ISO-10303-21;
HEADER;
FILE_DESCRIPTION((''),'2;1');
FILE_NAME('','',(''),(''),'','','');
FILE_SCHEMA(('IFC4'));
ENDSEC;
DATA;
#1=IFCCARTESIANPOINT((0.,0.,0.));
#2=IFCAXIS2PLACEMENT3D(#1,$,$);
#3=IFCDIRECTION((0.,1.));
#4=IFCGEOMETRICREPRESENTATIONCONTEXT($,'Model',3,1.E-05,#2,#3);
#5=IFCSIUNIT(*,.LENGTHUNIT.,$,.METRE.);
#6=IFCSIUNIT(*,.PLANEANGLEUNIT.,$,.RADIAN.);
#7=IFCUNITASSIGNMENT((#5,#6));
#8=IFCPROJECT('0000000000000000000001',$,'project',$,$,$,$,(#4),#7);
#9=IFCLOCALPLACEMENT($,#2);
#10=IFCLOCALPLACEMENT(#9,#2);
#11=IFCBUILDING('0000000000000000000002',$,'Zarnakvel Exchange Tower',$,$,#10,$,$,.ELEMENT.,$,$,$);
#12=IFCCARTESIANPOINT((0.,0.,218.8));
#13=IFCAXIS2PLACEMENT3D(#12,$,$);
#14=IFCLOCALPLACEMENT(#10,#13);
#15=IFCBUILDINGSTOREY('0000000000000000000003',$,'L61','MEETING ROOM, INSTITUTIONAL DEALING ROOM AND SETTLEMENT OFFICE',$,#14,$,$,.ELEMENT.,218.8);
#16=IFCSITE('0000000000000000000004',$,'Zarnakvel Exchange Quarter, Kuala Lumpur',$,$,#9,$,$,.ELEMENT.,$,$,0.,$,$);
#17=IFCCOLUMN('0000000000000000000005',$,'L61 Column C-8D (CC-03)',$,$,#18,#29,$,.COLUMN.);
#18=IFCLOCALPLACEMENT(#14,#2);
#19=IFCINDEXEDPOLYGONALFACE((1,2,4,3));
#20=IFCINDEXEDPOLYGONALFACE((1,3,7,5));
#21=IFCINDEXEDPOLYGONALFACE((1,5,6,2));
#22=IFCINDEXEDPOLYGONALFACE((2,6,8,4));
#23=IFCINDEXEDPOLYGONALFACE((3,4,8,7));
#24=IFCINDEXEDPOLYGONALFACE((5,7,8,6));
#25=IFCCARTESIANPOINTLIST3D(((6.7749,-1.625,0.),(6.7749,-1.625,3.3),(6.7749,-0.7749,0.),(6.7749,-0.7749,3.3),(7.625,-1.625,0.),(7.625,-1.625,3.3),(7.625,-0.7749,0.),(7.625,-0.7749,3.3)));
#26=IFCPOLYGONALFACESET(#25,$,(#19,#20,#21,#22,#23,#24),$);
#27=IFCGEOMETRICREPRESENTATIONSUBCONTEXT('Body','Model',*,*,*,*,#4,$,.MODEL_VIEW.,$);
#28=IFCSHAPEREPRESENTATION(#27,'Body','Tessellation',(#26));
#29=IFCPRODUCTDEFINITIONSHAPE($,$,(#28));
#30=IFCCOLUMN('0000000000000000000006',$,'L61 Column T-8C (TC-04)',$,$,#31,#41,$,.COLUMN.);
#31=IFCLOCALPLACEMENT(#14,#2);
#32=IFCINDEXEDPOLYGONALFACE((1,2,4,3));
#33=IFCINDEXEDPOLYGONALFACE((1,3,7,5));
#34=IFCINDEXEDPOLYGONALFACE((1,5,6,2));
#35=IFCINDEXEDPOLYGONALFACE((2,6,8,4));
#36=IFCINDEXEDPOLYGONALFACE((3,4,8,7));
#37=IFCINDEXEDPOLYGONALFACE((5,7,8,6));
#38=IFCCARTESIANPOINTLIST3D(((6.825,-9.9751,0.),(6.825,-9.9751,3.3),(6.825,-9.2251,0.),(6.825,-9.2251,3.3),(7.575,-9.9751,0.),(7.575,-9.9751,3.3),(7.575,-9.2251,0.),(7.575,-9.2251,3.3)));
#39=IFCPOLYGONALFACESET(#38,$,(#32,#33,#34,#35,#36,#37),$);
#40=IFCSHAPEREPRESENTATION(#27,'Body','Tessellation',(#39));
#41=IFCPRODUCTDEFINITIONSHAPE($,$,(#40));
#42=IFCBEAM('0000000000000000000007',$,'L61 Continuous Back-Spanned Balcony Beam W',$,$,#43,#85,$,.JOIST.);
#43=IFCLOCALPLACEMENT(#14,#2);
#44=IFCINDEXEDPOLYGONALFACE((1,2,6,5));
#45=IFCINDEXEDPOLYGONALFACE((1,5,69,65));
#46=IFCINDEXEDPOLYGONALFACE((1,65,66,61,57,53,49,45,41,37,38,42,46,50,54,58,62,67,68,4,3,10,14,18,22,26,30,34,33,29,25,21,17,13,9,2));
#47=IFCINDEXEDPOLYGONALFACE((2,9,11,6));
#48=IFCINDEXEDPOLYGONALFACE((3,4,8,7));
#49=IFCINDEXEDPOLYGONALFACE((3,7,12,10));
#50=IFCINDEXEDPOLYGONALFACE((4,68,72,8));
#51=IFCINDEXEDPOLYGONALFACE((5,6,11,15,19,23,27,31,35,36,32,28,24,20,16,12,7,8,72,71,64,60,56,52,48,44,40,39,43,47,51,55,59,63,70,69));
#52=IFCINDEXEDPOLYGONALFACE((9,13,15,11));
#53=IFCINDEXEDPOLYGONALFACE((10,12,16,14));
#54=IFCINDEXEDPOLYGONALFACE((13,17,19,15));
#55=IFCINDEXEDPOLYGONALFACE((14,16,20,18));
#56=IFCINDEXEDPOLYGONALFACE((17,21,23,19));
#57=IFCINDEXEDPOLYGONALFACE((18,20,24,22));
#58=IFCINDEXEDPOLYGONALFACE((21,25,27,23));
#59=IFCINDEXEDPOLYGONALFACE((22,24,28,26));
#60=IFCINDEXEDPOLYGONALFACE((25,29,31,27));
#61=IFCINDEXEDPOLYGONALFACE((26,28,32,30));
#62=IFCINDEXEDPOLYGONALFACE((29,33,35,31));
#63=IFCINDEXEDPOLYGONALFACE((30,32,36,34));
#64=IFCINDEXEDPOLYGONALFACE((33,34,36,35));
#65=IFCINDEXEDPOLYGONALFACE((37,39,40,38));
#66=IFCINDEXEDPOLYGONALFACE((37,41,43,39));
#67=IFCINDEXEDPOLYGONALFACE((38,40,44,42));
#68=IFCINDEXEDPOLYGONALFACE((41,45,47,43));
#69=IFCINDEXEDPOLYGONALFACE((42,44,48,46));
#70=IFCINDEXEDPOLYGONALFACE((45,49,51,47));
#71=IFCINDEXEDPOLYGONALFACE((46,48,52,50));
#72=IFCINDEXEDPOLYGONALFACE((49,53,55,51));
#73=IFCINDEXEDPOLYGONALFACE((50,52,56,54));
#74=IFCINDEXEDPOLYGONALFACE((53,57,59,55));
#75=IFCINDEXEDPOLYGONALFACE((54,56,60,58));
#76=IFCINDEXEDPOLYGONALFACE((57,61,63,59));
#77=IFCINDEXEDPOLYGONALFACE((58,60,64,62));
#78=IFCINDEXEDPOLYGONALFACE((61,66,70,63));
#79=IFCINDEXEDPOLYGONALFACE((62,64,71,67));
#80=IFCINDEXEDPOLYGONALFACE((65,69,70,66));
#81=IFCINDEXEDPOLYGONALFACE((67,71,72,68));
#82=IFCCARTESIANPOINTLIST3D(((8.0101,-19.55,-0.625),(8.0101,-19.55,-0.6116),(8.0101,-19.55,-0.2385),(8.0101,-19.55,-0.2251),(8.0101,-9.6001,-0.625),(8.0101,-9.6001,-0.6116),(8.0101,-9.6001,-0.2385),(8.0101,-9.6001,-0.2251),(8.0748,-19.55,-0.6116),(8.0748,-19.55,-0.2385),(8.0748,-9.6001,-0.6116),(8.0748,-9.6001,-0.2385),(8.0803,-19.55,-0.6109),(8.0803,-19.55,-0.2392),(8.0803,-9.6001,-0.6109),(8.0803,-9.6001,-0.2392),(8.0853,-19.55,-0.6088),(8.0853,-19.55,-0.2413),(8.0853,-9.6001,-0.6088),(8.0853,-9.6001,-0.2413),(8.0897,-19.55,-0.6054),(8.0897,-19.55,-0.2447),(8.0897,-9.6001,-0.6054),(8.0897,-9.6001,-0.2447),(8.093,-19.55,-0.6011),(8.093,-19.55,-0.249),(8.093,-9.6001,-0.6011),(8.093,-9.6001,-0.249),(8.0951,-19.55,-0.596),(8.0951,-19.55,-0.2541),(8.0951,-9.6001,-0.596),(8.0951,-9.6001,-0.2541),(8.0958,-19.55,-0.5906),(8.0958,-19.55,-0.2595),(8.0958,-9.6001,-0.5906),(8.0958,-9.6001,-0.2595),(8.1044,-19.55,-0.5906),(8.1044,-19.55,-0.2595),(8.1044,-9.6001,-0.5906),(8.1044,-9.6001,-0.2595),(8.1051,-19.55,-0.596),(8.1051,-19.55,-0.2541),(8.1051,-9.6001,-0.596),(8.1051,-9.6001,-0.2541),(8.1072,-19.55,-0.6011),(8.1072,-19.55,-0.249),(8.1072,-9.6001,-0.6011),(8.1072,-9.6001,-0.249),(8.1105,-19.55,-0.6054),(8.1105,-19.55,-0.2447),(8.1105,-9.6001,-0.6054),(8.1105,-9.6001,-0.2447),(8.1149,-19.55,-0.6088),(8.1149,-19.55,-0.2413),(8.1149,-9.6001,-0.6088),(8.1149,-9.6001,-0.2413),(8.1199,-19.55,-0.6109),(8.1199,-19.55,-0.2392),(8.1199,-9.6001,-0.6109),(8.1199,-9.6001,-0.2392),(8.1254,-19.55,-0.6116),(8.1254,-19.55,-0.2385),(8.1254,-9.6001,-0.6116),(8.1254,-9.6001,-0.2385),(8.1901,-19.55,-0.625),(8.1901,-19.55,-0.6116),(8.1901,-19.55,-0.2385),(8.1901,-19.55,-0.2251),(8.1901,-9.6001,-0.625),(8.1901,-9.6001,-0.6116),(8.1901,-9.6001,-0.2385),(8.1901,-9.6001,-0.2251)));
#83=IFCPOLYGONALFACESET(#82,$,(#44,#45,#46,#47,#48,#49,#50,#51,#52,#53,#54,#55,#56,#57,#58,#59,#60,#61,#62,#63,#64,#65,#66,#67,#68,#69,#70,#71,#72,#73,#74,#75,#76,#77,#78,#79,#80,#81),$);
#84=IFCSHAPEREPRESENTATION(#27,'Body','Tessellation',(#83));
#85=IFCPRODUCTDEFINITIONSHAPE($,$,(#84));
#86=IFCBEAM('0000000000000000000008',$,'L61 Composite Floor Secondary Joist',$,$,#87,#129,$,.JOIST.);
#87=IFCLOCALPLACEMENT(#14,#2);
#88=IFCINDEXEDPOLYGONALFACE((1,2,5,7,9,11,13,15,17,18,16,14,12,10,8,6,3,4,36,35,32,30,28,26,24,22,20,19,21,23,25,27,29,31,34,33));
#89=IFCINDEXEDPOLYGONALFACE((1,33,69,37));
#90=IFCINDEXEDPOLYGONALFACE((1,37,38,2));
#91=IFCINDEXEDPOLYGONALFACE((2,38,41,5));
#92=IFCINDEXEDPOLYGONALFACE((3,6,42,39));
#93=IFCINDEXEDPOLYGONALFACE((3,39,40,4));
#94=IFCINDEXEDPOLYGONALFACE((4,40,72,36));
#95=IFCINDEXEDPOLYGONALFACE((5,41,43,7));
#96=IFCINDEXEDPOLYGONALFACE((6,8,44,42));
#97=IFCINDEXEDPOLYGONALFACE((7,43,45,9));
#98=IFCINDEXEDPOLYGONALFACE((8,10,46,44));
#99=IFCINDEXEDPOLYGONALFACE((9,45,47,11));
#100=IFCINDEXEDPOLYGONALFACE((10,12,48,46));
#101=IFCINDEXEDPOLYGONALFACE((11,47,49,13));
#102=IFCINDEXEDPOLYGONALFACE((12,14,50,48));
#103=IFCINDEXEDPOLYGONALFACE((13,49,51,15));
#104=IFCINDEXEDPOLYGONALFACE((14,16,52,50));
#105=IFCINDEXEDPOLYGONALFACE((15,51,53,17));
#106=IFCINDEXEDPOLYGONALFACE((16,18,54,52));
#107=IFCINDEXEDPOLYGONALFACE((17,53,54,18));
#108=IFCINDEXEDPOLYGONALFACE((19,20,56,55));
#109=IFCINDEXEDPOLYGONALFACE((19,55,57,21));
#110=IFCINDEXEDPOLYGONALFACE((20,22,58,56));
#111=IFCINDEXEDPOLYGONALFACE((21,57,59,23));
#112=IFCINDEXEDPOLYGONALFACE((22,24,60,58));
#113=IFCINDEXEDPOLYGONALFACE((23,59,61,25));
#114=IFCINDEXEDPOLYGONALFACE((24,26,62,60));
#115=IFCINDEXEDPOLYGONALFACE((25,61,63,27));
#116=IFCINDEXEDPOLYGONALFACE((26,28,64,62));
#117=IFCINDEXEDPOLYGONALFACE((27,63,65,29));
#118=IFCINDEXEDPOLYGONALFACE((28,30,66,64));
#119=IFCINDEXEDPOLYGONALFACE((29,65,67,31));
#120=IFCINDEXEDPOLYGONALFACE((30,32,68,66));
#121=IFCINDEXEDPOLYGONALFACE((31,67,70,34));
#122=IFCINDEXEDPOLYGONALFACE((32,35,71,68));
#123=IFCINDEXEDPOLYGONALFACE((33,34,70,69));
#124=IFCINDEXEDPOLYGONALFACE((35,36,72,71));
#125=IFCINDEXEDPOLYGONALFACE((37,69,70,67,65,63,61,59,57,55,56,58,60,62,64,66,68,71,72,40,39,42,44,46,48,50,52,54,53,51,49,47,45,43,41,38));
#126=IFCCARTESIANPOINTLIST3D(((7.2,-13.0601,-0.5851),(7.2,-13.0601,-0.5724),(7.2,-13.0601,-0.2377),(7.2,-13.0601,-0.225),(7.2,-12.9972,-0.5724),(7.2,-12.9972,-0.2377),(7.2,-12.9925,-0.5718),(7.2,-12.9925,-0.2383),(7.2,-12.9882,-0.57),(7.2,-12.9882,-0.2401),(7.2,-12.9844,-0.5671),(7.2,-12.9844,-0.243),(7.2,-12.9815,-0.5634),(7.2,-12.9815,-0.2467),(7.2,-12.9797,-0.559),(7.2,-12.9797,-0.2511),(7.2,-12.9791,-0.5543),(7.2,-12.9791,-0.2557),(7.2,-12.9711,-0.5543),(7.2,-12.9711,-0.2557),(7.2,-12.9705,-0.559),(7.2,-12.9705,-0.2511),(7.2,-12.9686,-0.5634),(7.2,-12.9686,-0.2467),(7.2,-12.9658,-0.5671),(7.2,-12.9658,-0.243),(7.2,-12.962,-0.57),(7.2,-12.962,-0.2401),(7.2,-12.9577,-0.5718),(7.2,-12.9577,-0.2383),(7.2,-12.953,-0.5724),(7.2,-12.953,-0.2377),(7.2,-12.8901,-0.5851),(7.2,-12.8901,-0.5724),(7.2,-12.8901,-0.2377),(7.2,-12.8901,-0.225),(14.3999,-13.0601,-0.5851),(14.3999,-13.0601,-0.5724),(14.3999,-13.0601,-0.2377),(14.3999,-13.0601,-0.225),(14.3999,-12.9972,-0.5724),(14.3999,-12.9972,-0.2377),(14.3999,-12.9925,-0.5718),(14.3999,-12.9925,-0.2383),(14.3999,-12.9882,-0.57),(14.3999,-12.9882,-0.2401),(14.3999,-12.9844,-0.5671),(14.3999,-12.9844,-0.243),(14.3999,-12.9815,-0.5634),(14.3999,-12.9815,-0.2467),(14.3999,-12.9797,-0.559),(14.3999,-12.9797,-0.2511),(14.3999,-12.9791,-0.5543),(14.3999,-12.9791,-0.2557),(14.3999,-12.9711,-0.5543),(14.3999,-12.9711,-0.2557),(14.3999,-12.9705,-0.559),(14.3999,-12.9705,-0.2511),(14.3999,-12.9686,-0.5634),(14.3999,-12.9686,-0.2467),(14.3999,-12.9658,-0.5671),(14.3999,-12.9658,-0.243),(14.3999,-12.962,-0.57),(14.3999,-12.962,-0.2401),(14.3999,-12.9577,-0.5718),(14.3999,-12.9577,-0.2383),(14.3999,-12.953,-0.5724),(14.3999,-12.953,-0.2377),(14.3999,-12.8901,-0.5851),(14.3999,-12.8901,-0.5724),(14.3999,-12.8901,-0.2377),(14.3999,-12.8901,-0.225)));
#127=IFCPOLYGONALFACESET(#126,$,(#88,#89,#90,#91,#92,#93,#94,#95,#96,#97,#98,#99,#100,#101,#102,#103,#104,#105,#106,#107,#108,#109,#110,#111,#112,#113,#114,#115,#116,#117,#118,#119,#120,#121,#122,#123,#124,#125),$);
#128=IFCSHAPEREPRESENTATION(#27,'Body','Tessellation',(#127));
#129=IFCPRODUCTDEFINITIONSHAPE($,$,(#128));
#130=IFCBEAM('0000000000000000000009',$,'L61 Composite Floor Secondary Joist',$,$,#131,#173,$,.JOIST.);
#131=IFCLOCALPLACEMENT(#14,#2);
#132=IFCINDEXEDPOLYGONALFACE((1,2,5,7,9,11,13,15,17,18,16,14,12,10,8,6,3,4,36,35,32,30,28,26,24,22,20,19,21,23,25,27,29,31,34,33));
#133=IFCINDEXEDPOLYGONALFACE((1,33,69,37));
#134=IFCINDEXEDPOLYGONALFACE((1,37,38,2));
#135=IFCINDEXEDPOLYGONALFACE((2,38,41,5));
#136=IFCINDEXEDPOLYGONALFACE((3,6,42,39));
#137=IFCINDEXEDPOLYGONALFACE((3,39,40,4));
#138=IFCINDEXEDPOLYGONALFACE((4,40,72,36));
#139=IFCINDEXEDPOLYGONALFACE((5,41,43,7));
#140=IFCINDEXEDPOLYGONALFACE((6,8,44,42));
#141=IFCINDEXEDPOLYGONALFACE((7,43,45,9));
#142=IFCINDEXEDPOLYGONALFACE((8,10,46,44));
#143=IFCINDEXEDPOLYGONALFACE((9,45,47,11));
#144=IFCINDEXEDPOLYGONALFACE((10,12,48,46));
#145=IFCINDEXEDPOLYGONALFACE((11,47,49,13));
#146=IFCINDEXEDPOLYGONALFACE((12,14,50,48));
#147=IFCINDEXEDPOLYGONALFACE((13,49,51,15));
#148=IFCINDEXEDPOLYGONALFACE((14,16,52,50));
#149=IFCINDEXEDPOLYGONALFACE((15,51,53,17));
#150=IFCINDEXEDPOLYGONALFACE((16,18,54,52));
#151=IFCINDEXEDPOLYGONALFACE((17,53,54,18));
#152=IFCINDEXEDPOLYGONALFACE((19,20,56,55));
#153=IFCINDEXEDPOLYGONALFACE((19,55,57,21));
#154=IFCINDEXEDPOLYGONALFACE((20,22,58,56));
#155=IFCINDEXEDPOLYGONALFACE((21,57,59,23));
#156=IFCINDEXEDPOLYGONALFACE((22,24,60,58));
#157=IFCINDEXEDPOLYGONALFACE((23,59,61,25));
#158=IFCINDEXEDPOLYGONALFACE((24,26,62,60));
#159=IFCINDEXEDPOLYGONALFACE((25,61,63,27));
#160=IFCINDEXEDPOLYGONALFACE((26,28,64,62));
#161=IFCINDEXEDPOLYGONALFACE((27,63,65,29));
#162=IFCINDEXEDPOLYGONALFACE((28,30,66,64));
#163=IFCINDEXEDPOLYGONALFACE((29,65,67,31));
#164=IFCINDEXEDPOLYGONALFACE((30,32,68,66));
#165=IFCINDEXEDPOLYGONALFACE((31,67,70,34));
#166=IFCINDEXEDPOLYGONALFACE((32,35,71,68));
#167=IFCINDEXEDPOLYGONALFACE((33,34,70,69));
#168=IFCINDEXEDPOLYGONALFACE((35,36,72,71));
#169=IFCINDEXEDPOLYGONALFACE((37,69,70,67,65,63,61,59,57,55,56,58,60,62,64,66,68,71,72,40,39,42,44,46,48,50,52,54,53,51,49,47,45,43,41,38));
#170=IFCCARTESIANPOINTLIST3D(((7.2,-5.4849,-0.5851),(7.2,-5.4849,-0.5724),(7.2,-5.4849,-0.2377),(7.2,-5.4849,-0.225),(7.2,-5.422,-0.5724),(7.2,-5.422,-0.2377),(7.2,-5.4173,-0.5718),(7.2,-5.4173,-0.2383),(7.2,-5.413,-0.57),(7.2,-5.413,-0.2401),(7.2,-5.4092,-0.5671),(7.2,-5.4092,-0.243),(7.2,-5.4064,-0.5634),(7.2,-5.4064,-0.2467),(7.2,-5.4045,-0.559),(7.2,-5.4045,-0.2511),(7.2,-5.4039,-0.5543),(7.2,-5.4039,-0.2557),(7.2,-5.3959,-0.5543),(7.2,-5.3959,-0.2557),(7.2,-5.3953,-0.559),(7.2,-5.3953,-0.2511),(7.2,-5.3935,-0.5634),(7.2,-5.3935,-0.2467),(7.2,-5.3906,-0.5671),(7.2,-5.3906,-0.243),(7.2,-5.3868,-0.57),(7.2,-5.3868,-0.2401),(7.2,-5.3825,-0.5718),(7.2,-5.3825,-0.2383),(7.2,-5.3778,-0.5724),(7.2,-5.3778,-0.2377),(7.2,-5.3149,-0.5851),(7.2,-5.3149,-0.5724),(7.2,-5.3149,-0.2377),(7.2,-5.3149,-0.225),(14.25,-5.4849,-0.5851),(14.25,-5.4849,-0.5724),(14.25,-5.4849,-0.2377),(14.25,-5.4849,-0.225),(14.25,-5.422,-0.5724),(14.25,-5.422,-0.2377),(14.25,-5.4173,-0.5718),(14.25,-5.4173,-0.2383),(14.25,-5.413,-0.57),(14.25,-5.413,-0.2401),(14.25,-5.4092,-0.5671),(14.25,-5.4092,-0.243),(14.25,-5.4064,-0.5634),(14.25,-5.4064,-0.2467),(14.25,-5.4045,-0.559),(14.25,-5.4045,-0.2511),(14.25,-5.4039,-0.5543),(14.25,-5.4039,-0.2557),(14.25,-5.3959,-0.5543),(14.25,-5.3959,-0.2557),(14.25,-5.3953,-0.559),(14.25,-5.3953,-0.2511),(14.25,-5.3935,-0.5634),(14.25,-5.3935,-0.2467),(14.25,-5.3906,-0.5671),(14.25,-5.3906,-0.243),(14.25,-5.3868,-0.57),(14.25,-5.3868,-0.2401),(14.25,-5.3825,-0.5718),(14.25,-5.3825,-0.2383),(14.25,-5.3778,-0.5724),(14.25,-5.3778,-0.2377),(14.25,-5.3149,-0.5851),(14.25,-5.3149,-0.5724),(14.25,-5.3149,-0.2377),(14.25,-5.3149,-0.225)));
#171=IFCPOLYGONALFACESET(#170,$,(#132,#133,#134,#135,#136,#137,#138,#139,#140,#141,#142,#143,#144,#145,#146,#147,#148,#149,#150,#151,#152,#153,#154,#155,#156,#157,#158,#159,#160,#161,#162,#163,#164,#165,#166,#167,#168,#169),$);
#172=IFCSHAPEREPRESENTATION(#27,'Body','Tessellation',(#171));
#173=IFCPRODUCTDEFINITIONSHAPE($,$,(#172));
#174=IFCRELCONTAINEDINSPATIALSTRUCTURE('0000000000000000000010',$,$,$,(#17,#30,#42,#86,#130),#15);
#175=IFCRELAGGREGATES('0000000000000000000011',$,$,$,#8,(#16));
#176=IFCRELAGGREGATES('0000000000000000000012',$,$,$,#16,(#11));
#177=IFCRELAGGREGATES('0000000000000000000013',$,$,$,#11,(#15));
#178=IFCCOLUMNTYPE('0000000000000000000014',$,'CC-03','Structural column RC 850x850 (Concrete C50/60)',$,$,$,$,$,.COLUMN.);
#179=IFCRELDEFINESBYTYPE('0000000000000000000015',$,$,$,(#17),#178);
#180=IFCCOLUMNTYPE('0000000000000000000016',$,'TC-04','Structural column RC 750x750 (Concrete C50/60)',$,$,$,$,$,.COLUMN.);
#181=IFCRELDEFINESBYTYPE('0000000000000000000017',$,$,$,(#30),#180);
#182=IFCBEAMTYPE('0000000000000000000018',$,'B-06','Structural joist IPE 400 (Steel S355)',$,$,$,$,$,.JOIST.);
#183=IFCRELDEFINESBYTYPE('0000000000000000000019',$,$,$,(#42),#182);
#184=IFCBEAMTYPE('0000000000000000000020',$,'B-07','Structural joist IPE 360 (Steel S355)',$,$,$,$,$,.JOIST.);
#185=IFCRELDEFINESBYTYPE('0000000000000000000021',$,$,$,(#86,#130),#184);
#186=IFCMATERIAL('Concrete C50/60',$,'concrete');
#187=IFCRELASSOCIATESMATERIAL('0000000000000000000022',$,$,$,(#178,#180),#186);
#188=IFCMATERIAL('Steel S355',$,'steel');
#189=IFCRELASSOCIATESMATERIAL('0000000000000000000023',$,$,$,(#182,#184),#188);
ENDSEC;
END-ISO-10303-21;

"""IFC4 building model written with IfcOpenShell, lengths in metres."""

from ifc_helpers import new_model, si_unit, direction, frame, origin, origin_2d, place, context, subcontext, project, spatial, rectangle, i_section, extrude, material, material_profile, profile_set, type_object, element, save


model = new_model("IFC4")

# Units and contexts
model_context = context("Model", 3, precision=1e-05, world=origin(), true_north=direction((0.0, 1.0)))
body_context = subcontext(model_context, "Body", "Model", "MODEL_VIEW")
ifc_project = project(units=[si_unit("LENGTHUNIT", "METRE"), si_unit("PLANEANGLEUNIT", "RADIAN")], contexts=[model_context])

# Site, building, storey
site_placement = place(None, origin())
site = spatial("IfcSite", under=ifc_project, at=site_placement, Name="Zarnakvel Exchange Quarter, Kuala Lumpur", CompositionType="ELEMENT", RefElevation=0.0)
building_placement = place(site_placement, origin())
building = spatial("IfcBuilding", under=site, at=building_placement, Name="Zarnakvel Exchange Tower", CompositionType="ELEMENT")
storey_placement = place(building_placement, frame((0.0, 0.0, 218.8)))
storey = spatial("IfcBuildingStorey", under=building, at=storey_placement, Name="L61", Description="MEETING ROOM, INSTITUTIONAL DEALING ROOM AND SETTLEMENT OFFICE", CompositionType="ELEMENT", Elevation=218.8)

# Columns
ifc_material_1 = material(Name="Concrete C50/60", Category="concrete")
ifc_material_profile_1 = material_profile(ifc_material_1, rectangle(XDim=0.8501, YDim=0.8501, at=origin_2d()))
ifc_profile_set_1 = profile_set([ifc_material_profile_1], Name="Concrete C50/60")
column_type_1 = type_object("IfcColumnType", Name="CC-03", Description="Structural column RC 850x850 (Concrete C50/60)", PredefinedType="COLUMN", material=ifc_profile_set_1)
column_1_placement = place(storey_placement, frame((7.2, -1.2, 0.0), z_axis=(0.0, 0.0, 1.0), x_axis=(1.0, 0.0, 0.0)))
element("IfcColumn", 1, at=column_1_placement, inside=storey, type_object=column_type_1, Name="L61 Column C-8D (CC-03)", PredefinedType="COLUMN", context=body_context, shape_type="SweptSolid", body=[
    extrude(rectangle(XDim=0.8501, YDim=0.8501, at=origin_2d()), origin(), (0.0, 0.0, 1.0), 3.3),
])
ifc_material_profile_2 = material_profile(ifc_material_1, rectangle(XDim=0.75, YDim=0.75, at=origin_2d()))
ifc_profile_set_2 = profile_set([ifc_material_profile_2], Name="Concrete C50/60")
column_type_2 = type_object("IfcColumnType", Name="TC-04", Description="Structural column RC 750x750 (Concrete C50/60)", PredefinedType="COLUMN", material=ifc_profile_set_2)
column_2_placement = place(storey_placement, frame((7.2, -9.6001, 0.0), z_axis=(0.0, 0.0, 1.0), x_axis=(1.0, 0.0, 0.0)))
element("IfcColumn", 2, at=column_2_placement, inside=storey, type_object=column_type_2, Name="L61 Column T-8C (TC-04)", PredefinedType="COLUMN", context=body_context, shape_type="SweptSolid", body=[
    extrude(rectangle(XDim=0.75, YDim=0.75, at=origin_2d()), origin(), (0.0, 0.0, 1.0), 3.3),
])

# Beams
ifc_material_2 = material(Name="Steel S355", Category="steel")
ifc_material_profile_3 = material_profile(ifc_material_2, i_section(OverallWidth=0.1799, OverallDepth=0.3999, WebThickness=0.0085, FlangeThickness=0.0134, FilletRadius=0.021, at=origin_2d()))
ifc_profile_set_3 = profile_set([ifc_material_profile_3], Name="Steel S355")
beam_type_1 = type_object("IfcBeamType", Name="B-06", Description="Structural joist IPE 400 (Steel S355)", PredefinedType="JOIST", material=ifc_profile_set_3)
beam_1_placement = place(storey_placement, frame((8.1001, -9.6001, -0.425), z_axis=(0.0, -1.0, 0.0), x_axis=(1.0, 0.0, 0.0)))
element("IfcBeam", 3, at=beam_1_placement, inside=storey, type_object=beam_type_1, Name="L61 Continuous Back-Spanned Balcony Beam W", PredefinedType="JOIST", context=body_context, shape_type="SweptSolid", body=[
    extrude(i_section(OverallWidth=0.1799, OverallDepth=0.3999, WebThickness=0.0085, FlangeThickness=0.0134, FilletRadius=0.021, at=origin_2d()), origin(), (0.0, 0.0, 1.0), 9.95),
])
ifc_material_profile_4 = material_profile(ifc_material_2, i_section(OverallWidth=0.1699, OverallDepth=0.3601, WebThickness=0.0081, FlangeThickness=0.0127, FilletRadius=0.0181, at=origin_2d()))
ifc_profile_set_4 = profile_set([ifc_material_profile_4], Name="Steel S355")
beam_type_2 = type_object("IfcBeamType", Name="B-07", Description="Structural joist IPE 360 (Steel S355)", PredefinedType="JOIST", material=ifc_profile_set_4)
beam_2_placement = place(storey_placement, frame((7.2, -12.9751, -0.405), z_axis=(1.0, 0.0, 0.0), x_axis=(0.0, 1.0, 0.0)))
element("IfcBeam", 4, at=beam_2_placement, inside=storey, type_object=beam_type_2, Name="L61 Composite Floor Secondary Joist", PredefinedType="JOIST", context=body_context, shape_type="SweptSolid", body=[
    extrude(i_section(OverallWidth=0.1699, OverallDepth=0.3601, WebThickness=0.0081, FlangeThickness=0.0127, FilletRadius=0.0181, at=origin_2d()), origin(), (0.0, 0.0, 1.0), 7.2),
])
beam_3_placement = place(storey_placement, frame((7.2, -5.3999, -0.405), z_axis=(1.0, 0.0, 0.0), x_axis=(0.0, 1.0, 0.0)))
element("IfcBeam", 5, at=beam_3_placement, inside=storey, type_object=beam_type_2, Name="L61 Composite Floor Secondary Joist", PredefinedType="JOIST", context=body_context, shape_type="SweptSolid", body=[
    extrude(i_section(OverallWidth=0.1699, OverallDepth=0.3601, WebThickness=0.0081, FlangeThickness=0.0127, FilletRadius=0.0181, at=origin_2d()), origin(), (0.0, 0.0, 1.0), 7.05),
])

save(model, "model.ifc")
